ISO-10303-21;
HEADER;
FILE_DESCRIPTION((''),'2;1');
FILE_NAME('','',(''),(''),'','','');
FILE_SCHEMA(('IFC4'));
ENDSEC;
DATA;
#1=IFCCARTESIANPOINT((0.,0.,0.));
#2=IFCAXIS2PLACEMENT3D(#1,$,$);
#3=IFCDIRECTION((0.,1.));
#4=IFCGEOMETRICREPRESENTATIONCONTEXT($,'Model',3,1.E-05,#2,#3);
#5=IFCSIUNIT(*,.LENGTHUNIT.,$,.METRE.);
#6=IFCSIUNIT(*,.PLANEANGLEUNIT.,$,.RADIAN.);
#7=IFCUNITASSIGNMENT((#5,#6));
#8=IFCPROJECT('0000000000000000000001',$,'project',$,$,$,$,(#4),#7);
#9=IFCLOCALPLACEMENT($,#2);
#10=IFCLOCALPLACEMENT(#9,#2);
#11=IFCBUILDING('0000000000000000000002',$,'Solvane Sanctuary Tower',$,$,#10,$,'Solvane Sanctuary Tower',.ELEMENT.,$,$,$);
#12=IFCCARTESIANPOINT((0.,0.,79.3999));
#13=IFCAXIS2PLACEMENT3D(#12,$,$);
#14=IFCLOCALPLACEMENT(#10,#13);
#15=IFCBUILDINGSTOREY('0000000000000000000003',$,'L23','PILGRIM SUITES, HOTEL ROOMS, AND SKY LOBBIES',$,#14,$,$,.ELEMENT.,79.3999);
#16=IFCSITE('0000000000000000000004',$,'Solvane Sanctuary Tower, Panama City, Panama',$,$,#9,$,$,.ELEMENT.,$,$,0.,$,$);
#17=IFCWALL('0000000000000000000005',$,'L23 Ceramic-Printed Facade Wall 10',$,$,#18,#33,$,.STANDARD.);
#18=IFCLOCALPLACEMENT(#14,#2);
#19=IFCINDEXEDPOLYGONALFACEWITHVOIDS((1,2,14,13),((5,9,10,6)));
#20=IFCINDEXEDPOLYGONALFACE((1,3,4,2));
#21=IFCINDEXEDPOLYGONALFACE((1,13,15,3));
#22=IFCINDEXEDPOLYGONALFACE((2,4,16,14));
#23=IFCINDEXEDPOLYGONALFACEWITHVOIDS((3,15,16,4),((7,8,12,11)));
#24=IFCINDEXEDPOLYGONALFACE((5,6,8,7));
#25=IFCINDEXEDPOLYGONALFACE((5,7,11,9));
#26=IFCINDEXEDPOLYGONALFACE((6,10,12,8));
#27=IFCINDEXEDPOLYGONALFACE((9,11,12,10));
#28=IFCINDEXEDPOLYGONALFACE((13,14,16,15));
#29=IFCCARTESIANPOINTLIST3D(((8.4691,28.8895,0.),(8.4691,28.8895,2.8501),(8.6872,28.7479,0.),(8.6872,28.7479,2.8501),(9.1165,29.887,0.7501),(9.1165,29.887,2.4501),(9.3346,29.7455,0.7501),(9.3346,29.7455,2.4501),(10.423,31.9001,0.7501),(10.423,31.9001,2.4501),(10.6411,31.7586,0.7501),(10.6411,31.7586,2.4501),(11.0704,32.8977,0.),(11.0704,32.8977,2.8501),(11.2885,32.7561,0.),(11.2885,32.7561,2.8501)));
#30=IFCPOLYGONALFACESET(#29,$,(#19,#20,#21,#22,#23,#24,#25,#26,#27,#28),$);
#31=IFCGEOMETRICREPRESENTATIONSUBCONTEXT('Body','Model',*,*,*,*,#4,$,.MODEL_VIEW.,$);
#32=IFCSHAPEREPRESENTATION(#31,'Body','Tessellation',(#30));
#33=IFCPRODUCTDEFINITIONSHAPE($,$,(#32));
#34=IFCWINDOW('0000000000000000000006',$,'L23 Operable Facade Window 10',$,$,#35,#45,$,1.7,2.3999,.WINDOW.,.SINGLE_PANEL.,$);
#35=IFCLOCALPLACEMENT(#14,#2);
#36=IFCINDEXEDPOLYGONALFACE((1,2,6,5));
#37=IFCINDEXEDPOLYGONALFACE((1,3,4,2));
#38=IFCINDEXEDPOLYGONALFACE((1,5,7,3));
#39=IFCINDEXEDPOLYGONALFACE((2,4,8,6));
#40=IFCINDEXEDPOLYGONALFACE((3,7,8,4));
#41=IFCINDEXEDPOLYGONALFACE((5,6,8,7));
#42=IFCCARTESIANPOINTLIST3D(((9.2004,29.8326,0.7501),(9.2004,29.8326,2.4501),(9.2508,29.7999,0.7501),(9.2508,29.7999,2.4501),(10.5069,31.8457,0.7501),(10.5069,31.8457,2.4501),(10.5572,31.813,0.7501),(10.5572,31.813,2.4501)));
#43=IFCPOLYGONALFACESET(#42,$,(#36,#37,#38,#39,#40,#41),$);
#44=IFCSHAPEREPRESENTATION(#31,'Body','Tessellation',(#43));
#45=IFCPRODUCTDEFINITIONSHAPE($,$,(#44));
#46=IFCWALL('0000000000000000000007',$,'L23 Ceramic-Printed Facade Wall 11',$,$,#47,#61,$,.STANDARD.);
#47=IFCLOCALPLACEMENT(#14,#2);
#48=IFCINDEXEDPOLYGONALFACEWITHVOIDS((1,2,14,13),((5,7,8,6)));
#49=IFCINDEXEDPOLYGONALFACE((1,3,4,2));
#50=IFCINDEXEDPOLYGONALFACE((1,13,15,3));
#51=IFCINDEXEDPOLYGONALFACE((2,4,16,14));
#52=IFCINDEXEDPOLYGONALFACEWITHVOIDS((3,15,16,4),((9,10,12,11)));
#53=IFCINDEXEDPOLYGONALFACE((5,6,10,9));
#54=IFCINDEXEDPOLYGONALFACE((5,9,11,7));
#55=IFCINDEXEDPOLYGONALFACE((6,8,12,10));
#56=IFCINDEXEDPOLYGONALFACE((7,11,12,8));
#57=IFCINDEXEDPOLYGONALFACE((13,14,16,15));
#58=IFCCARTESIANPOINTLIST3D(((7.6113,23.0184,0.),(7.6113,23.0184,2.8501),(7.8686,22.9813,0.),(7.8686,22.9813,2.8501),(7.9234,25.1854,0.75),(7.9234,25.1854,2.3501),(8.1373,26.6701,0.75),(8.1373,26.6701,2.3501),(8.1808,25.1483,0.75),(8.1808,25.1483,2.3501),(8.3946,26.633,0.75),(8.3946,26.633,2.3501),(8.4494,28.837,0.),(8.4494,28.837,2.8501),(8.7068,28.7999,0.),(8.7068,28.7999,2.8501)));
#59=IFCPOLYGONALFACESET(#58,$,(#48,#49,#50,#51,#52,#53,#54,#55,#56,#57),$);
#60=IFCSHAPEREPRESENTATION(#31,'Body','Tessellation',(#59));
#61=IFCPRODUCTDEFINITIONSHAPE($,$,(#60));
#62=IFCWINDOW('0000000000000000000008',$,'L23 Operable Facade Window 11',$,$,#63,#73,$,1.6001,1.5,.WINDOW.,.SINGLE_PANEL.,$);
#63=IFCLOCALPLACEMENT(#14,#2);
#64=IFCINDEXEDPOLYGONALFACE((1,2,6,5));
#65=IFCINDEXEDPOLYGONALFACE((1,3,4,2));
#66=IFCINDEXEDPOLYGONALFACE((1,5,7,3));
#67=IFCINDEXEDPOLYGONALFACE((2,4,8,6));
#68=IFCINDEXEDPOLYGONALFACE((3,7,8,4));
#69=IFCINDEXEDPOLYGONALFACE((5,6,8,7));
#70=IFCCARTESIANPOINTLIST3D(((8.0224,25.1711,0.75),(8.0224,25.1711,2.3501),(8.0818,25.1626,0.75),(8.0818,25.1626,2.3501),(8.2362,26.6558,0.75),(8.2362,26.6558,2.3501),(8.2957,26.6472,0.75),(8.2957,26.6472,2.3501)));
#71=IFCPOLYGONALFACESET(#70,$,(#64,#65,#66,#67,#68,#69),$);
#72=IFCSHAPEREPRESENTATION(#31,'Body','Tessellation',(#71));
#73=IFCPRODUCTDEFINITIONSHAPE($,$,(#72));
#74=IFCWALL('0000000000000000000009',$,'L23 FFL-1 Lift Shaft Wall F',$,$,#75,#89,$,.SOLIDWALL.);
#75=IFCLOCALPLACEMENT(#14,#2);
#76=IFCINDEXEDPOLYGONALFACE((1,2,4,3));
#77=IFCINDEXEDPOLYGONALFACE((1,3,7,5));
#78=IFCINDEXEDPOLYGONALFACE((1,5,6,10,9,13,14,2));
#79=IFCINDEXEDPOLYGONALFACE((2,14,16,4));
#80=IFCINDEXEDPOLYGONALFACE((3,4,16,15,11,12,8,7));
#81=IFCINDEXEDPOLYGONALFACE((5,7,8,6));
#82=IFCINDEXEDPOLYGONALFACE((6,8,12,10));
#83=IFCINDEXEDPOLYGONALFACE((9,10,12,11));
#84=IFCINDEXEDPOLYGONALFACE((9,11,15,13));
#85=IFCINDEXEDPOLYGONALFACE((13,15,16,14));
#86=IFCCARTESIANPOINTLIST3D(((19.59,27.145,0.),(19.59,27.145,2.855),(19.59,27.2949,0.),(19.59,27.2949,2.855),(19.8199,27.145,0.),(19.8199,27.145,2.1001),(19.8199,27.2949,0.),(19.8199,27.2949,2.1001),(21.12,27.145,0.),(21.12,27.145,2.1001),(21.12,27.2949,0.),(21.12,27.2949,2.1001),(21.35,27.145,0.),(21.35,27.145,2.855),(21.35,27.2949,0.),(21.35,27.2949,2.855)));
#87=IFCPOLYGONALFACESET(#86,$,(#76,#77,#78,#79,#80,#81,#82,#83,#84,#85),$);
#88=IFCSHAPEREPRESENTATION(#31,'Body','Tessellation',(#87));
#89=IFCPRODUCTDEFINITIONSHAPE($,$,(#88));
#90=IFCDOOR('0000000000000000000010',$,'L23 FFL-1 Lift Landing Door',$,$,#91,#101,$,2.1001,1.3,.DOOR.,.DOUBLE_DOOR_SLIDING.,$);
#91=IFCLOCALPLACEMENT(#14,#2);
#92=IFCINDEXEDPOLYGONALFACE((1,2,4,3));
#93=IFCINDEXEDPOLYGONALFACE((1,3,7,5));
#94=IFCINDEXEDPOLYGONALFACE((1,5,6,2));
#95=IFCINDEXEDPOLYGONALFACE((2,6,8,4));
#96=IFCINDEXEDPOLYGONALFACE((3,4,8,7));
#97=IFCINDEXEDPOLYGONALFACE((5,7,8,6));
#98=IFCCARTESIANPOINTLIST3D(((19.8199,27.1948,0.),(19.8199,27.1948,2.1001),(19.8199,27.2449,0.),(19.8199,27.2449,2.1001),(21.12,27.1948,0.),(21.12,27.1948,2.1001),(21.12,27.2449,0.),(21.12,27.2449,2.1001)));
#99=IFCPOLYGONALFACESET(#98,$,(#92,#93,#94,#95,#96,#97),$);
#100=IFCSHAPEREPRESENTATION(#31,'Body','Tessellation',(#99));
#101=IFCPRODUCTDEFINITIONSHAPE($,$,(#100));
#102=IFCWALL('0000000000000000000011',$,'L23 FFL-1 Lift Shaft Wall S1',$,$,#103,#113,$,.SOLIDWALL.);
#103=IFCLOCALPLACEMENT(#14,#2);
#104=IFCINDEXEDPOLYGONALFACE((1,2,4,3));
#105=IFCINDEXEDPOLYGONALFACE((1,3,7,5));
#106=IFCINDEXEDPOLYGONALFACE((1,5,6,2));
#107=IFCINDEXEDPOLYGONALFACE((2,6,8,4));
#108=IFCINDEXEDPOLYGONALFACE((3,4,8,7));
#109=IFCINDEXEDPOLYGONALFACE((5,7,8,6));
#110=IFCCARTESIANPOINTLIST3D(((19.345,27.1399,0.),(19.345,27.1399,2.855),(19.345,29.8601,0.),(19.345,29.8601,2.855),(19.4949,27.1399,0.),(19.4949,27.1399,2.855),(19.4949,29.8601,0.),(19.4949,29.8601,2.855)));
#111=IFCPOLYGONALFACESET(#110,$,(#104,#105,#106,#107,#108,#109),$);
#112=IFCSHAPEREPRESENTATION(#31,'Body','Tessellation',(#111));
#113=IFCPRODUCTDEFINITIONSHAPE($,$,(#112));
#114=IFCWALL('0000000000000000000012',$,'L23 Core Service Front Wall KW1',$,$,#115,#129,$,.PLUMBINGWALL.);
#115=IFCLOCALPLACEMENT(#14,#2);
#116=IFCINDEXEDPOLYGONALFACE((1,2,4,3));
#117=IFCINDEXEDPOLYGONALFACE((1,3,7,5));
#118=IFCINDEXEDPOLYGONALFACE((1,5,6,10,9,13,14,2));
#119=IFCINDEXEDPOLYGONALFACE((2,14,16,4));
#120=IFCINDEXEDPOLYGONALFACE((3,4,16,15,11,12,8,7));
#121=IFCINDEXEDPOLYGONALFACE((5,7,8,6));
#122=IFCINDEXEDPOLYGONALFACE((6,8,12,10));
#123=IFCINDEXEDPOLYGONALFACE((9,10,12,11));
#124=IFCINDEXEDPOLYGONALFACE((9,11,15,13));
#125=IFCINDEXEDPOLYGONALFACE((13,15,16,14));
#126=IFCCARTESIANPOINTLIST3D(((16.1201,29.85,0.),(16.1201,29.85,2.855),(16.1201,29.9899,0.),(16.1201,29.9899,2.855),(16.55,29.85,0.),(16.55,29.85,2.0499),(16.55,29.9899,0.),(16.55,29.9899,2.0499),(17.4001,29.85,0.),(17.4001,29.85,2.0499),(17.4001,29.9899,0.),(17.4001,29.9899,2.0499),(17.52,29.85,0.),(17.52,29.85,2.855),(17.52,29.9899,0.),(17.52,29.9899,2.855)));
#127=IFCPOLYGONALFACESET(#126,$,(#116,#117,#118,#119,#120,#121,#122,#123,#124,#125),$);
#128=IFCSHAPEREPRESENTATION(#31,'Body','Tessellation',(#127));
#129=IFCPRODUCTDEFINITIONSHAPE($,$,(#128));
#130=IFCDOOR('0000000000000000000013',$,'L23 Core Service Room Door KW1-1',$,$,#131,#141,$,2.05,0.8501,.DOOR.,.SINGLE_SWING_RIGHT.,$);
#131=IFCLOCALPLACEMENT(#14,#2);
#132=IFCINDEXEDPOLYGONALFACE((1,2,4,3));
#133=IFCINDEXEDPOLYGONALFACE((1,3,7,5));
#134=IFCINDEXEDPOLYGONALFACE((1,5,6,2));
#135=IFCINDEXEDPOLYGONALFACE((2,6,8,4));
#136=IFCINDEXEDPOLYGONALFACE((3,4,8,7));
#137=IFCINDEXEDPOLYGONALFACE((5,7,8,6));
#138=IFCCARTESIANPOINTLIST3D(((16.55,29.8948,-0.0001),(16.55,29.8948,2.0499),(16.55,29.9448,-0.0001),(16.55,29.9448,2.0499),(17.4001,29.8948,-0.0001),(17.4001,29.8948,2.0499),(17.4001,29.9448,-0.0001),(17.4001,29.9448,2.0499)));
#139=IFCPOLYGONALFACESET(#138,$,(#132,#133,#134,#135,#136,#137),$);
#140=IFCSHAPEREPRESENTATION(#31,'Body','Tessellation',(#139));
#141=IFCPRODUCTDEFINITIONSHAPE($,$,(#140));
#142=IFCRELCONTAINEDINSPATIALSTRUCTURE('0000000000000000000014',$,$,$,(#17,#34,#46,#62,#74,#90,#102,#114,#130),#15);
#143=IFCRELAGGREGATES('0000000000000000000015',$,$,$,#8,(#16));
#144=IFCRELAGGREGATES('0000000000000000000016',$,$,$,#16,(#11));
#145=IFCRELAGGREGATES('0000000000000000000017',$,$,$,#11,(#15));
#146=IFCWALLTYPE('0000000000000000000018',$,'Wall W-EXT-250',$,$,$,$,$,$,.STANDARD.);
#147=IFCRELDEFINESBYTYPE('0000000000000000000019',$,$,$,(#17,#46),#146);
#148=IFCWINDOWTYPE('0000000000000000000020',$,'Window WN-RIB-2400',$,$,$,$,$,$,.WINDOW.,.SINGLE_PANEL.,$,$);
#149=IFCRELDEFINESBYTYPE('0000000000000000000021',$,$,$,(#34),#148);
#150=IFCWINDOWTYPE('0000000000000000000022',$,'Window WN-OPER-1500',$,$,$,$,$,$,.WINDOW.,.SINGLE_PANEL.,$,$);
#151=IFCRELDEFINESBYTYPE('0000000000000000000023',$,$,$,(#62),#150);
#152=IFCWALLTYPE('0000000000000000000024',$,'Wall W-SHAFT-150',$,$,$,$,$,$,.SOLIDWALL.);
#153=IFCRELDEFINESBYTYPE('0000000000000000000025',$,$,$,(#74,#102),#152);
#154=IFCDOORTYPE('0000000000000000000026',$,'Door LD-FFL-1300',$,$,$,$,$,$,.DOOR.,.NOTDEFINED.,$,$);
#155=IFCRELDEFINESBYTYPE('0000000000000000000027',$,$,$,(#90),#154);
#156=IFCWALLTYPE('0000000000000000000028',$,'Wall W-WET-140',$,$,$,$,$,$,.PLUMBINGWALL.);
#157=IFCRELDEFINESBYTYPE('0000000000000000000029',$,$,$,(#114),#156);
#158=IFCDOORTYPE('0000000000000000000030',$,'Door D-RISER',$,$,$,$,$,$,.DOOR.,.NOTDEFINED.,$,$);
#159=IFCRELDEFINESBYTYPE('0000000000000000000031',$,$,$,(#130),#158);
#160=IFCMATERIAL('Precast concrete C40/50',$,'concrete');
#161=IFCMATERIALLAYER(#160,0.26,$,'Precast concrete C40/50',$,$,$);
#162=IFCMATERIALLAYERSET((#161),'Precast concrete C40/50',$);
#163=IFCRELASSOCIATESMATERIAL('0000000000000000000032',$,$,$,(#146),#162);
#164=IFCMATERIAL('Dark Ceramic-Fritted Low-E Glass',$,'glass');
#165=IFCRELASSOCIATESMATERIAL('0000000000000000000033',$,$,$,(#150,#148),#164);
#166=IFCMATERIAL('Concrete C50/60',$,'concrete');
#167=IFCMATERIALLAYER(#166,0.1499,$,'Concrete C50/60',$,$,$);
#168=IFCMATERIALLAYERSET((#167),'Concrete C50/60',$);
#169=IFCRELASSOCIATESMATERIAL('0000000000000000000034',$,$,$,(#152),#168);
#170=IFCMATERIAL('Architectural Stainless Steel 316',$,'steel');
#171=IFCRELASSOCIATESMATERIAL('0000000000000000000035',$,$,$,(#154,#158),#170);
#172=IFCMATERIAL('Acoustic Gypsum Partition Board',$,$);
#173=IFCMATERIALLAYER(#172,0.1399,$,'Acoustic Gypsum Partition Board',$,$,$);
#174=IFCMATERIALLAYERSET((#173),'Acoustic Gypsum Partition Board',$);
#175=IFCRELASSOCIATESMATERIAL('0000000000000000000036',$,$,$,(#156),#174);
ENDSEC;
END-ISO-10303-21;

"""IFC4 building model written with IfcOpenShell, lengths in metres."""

from ifc_helpers import new_model, si_unit, direction, frame, frame_2d, origin, place, context, subcontext, project, spatial, rectangle, extrude, material, layer, layer_set, type_object, element, fill, save


model = new_model("IFC4")

# Units and contexts
model_context = context("Model", 3, precision=1e-05, world=origin(), true_north=direction((0.0, 1.0)))
body_context = subcontext(model_context, "Body", "Model", "MODEL_VIEW")
ifc_project = project(units=[si_unit("LENGTHUNIT", "METRE"), si_unit("PLANEANGLEUNIT", "RADIAN")], contexts=[model_context])

# Site, building, storey
site_placement = place(None, origin())
site = spatial("IfcSite", under=ifc_project, at=site_placement, Name="Solvane Sanctuary Tower, Panama City, Panama", CompositionType="ELEMENT", RefElevation=0.0)
building_placement = place(site_placement, origin())
building = spatial("IfcBuilding", under=site, at=building_placement, Name="Solvane Sanctuary Tower", LongName="Solvane Sanctuary Tower", CompositionType="ELEMENT")
storey_placement = place(building_placement, frame((0.0, 0.0, 79.3999)))
storey = spatial("IfcBuildingStorey", under=building, at=storey_placement, Name="L23", Description="PILGRIM SUITES, HOTEL ROOMS, AND SKY LOBBIES", CompositionType="ELEMENT", Elevation=79.3999)

# Shared definitions
ifc_material_1 = material(Name="Acoustic Gypsum Partition Board")

# Shared definitions
ifc_material_2 = material(Name="Precast concrete C40/50", Category="concrete")
ifc_layer_1 = layer(ifc_material_2, 0.26, Name="Precast concrete C40/50")
ifc_layer_set_1 = layer_set([ifc_layer_1], Name="Precast concrete C40/50")
wall_type_1 = type_object("IfcWallType", Name="Wall W-EXT-250", PredefinedType="STANDARD", material=ifc_layer_set_1)

# Walls, openings, windows
ifc_material_3 = material(Name="Dark Ceramic-Fritted Low-E Glass", Category="glass")
window_type_1 = type_object("IfcWindowType", Name="Window WN-OPER-1500", PartitioningType="SINGLE_PANEL", PredefinedType="WINDOW", material=ifc_material_3)
wall_1_placement = place(storey_placement, frame((11.1794, 32.8269, 0.0), z_axis=(0.0, 0.0, 1.0), x_axis=(-0.544388, -0.838833, 0.0)))
wall_1 = element("IfcWall", 1, at=wall_1_placement, inside=storey, type_object=wall_type_1, Name="L23 Ceramic-Printed Facade Wall 10", PredefinedType="STANDARD", context=body_context, shape_type="SweptSolid", body=[
    extrude(rectangle(XDim=4.7783, YDim=0.26, at=frame_2d((2.3892, 0.0))), origin(), (0.0, 0.0, 1.0), 2.8501),
])
opening_1_placement = place(wall_1_placement, frame((1.1892, 0.0, 0.75)))
opening_1 = element("IfcOpeningElement", 2, at=opening_1_placement, cuts=wall_1, PredefinedType="OPENING", context=body_context, shape_type="SweptSolid", body=[
    extrude(rectangle(XDim=2.3999, YDim=1.7, at=frame_2d((1.2, 0.8501))), frame((0.0, 0.1399, 0.0), z_axis=(0.0, -1.0, 0.0), x_axis=(1.0, 0.0, 0.0)), (0.0, 0.0, 1.0), 0.28),
])
window_type_2 = type_object("IfcWindowType", Name="Window WN-RIB-2400", PartitioningType="SINGLE_PANEL", PredefinedType="WINDOW", material=ifc_material_3)
window_1_placement = place(opening_1_placement, origin())
window_1 = element("IfcWindow", 3, at=window_1_placement, inside=storey, type_object=window_type_2, Name="L23 Operable Facade Window 10", OverallHeight=1.7, OverallWidth=2.3999, PartitioningType="SINGLE_PANEL", PredefinedType="WINDOW", context=body_context, shape_type="SweptSolid", body=[
    extrude(rectangle(XDim=2.3999, YDim=1.7, at=frame_2d((1.2, 0.8501))), frame((0.0, 0.03, 0.0), z_axis=(0.0, -1.0, 0.0), x_axis=(1.0, 0.0, 0.0)), (0.0, 0.0, 1.0), 0.0601),
])
fill(opening_1, window_1)
wall_2_placement = place(storey_placement, frame((8.5781, 28.8186, 0.0), z_axis=(0.0, 0.0, 1.0), x_axis=(-0.142572, -0.989784, 0.0)))
wall_2 = element("IfcWall", 4, at=wall_2_placement, inside=storey, type_object=wall_type_1, Name="L23 Ceramic-Printed Facade Wall 11", PredefinedType="STANDARD", context=body_context, shape_type="SweptSolid", body=[
    extrude(rectangle(XDim=5.8787, YDim=0.26, at=frame_2d((2.9395, 0.0))), origin(), (0.0, 0.0, 1.0), 2.8501),
])
opening_2_placement = place(wall_2_placement, frame((2.1895, 0.0, 0.75)))
opening_2 = element("IfcOpeningElement", 5, at=opening_2_placement, cuts=wall_2, PredefinedType="OPENING", context=body_context, shape_type="SweptSolid", body=[
    extrude(rectangle(XDim=1.5, YDim=1.6001, at=frame_2d((0.75, 0.8))), frame((0.0, 0.1399, 0.0), z_axis=(0.0, -1.0, 0.0), x_axis=(1.0, 0.0, 0.0)), (0.0, 0.0, 1.0), 0.28),
])
window_2_placement = place(opening_2_placement, origin())
window_2 = element("IfcWindow", 6, at=window_2_placement, inside=storey, type_object=window_type_1, Name="L23 Operable Facade Window 11", OverallHeight=1.6001, OverallWidth=1.5, PartitioningType="SINGLE_PANEL", PredefinedType="WINDOW", context=body_context, shape_type="SweptSolid", body=[
    extrude(rectangle(XDim=1.5, YDim=1.6001, at=frame_2d((0.75, 0.8))), frame((0.0, 0.03, 0.0), z_axis=(0.0, -1.0, 0.0), x_axis=(1.0, 0.0, 0.0)), (0.0, 0.0, 1.0), 0.0601),
])
fill(opening_2, window_2)

# Wall, opening, door
ifc_material_4 = material(Name="Concrete C50/60", Category="concrete")
ifc_layer_2 = layer(ifc_material_4, 0.1499, Name="Concrete C50/60")
ifc_layer_set_2 = layer_set([ifc_layer_2], Name="Concrete C50/60")
wall_type_2 = type_object("IfcWallType", Name="Wall W-SHAFT-150", PredefinedType="SOLIDWALL", material=ifc_layer_set_2)
wall_3_placement = place(storey_placement, frame((19.5901, 27.22, 0.0), z_axis=(0.0, 0.0, 1.0), x_axis=(1.0, 0.0, 0.0)))
wall_3 = element("IfcWall", 7, at=wall_3_placement, inside=storey, type_object=wall_type_2, Name="L23 FFL-1 Lift Shaft Wall F", PredefinedType="SOLIDWALL", context=body_context, shape_type="SweptSolid", body=[
    extrude(rectangle(XDim=1.76, YDim=0.1499, at=frame_2d((0.8799, 0.0))), origin(), (0.0, 0.0, 1.0), 2.855),
])
opening_3_placement = place(wall_3_placement, frame((0.23, 0.0, 0.0)))
opening_3 = element("IfcOpeningElement", 8, at=opening_3_placement, cuts=wall_3, PredefinedType="OPENING", context=body_context, shape_type="SweptSolid", body=[
    extrude(rectangle(XDim=1.3, YDim=2.1001, at=frame_2d((0.6499, 1.05))), frame((0.0, 0.085, 0.0), z_axis=(0.0, -1.0, 0.0), x_axis=(1.0, 0.0, 0.0)), (0.0, 0.0, 1.0), 0.1699),
])
ifc_material_5 = material(Name="Architectural Stainless Steel 316", Category="steel")
door_type_1 = type_object("IfcDoorType", Name="Door LD-FFL-1300", OperationType="NOTDEFINED", PredefinedType="DOOR", material=ifc_material_5)
door_1_placement = place(opening_3_placement, origin())
door_1 = element("IfcDoor", 9, at=door_1_placement, inside=storey, type_object=door_type_1, Name="L23 FFL-1 Lift Landing Door", OperationType="DOUBLE_DOOR_SLIDING", OverallHeight=2.1001, OverallWidth=1.3, PredefinedType="DOOR", context=body_context, shape_type="SweptSolid", body=[
    extrude(rectangle(XDim=1.3, YDim=2.1001, at=frame_2d((0.6499, 1.05))), frame((0.0, 0.0249, 0.0), z_axis=(0.0, -1.0, 0.0), x_axis=(1.0, 0.0, 0.0)), (0.0, 0.0, 1.0), 0.05),
])
fill(opening_3, door_1)

# Wall
wall_4_placement = place(storey_placement, frame((19.4199, 27.1399, 0.0), z_axis=(0.0, 0.0, 1.0), x_axis=(0.0, 1.0, 0.0)))
element("IfcWall", 10, at=wall_4_placement, inside=storey, type_object=wall_type_2, Name="L23 FFL-1 Lift Shaft Wall S1", PredefinedType="SOLIDWALL", context=body_context, shape_type="SweptSolid", body=[
    extrude(rectangle(XDim=2.7202, YDim=0.1499, at=frame_2d((1.3601, 0.0))), origin(), (0.0, 0.0, 1.0), 2.855),
])

# Wall, opening, door
ifc_layer_3 = layer(ifc_material_1, 0.1399, Name="Acoustic Gypsum Partition Board")
ifc_layer_set_3 = layer_set([ifc_layer_3], Name="Acoustic Gypsum Partition Board")
wall_type_3 = type_object("IfcWallType", Name="Wall W-WET-140", PredefinedType="PLUMBINGWALL", material=ifc_layer_set_3)
wall_5_placement = place(storey_placement, frame((16.1201, 29.9199, 0.0), z_axis=(0.0, 0.0, 1.0), x_axis=(1.0, 0.0, 0.0)))
wall_5 = element("IfcWall", 11, at=wall_5_placement, inside=storey, type_object=wall_type_3, Name="L23 Core Service Front Wall KW1", PredefinedType="PLUMBINGWALL", context=body_context, shape_type="SweptSolid", body=[
    extrude(rectangle(XDim=1.3999, YDim=0.1399, at=frame_2d((0.7, 0.0))), origin(), (0.0, 0.0, 1.0), 2.855),
])
opening_4_placement = place(wall_5_placement, frame((0.4299, 0.0, 0.0)))
opening_4 = element("IfcOpeningElement", 12, at=opening_4_placement, cuts=wall_5, PredefinedType="OPENING", context=body_context, shape_type="SweptSolid", body=[
    extrude(rectangle(XDim=0.8501, YDim=2.05, at=frame_2d((0.425, 1.0249))), frame((0.0, 0.0798, 0.0), z_axis=(0.0, -1.0, 0.0), x_axis=(1.0, 0.0, 0.0)), (0.0, 0.0, 1.0), 0.1599),
])
door_type_2 = type_object("IfcDoorType", Name="Door D-RISER", OperationType="NOTDEFINED", PredefinedType="DOOR", material=ifc_material_5)
door_2_placement = place(opening_4_placement, origin())
door_2 = element("IfcDoor", 13, at=door_2_placement, inside=storey, type_object=door_type_2, Name="L23 Core Service Room Door KW1-1", OperationType="SINGLE_SWING_RIGHT", OverallHeight=2.05, OverallWidth=0.8501, PredefinedType="DOOR", context=body_context, shape_type="SweptSolid", body=[
    extrude(rectangle(XDim=0.8501, YDim=2.05, at=frame_2d((0.425, 1.0249))), frame((0.0, 0.0249, 0.0), z_axis=(0.0, -1.0, 0.0), x_axis=(1.0, 0.0, 0.0)), (0.0, 0.0, 1.0), 0.05),
])
fill(opening_4, door_2)

save(model, "model.ifc")
